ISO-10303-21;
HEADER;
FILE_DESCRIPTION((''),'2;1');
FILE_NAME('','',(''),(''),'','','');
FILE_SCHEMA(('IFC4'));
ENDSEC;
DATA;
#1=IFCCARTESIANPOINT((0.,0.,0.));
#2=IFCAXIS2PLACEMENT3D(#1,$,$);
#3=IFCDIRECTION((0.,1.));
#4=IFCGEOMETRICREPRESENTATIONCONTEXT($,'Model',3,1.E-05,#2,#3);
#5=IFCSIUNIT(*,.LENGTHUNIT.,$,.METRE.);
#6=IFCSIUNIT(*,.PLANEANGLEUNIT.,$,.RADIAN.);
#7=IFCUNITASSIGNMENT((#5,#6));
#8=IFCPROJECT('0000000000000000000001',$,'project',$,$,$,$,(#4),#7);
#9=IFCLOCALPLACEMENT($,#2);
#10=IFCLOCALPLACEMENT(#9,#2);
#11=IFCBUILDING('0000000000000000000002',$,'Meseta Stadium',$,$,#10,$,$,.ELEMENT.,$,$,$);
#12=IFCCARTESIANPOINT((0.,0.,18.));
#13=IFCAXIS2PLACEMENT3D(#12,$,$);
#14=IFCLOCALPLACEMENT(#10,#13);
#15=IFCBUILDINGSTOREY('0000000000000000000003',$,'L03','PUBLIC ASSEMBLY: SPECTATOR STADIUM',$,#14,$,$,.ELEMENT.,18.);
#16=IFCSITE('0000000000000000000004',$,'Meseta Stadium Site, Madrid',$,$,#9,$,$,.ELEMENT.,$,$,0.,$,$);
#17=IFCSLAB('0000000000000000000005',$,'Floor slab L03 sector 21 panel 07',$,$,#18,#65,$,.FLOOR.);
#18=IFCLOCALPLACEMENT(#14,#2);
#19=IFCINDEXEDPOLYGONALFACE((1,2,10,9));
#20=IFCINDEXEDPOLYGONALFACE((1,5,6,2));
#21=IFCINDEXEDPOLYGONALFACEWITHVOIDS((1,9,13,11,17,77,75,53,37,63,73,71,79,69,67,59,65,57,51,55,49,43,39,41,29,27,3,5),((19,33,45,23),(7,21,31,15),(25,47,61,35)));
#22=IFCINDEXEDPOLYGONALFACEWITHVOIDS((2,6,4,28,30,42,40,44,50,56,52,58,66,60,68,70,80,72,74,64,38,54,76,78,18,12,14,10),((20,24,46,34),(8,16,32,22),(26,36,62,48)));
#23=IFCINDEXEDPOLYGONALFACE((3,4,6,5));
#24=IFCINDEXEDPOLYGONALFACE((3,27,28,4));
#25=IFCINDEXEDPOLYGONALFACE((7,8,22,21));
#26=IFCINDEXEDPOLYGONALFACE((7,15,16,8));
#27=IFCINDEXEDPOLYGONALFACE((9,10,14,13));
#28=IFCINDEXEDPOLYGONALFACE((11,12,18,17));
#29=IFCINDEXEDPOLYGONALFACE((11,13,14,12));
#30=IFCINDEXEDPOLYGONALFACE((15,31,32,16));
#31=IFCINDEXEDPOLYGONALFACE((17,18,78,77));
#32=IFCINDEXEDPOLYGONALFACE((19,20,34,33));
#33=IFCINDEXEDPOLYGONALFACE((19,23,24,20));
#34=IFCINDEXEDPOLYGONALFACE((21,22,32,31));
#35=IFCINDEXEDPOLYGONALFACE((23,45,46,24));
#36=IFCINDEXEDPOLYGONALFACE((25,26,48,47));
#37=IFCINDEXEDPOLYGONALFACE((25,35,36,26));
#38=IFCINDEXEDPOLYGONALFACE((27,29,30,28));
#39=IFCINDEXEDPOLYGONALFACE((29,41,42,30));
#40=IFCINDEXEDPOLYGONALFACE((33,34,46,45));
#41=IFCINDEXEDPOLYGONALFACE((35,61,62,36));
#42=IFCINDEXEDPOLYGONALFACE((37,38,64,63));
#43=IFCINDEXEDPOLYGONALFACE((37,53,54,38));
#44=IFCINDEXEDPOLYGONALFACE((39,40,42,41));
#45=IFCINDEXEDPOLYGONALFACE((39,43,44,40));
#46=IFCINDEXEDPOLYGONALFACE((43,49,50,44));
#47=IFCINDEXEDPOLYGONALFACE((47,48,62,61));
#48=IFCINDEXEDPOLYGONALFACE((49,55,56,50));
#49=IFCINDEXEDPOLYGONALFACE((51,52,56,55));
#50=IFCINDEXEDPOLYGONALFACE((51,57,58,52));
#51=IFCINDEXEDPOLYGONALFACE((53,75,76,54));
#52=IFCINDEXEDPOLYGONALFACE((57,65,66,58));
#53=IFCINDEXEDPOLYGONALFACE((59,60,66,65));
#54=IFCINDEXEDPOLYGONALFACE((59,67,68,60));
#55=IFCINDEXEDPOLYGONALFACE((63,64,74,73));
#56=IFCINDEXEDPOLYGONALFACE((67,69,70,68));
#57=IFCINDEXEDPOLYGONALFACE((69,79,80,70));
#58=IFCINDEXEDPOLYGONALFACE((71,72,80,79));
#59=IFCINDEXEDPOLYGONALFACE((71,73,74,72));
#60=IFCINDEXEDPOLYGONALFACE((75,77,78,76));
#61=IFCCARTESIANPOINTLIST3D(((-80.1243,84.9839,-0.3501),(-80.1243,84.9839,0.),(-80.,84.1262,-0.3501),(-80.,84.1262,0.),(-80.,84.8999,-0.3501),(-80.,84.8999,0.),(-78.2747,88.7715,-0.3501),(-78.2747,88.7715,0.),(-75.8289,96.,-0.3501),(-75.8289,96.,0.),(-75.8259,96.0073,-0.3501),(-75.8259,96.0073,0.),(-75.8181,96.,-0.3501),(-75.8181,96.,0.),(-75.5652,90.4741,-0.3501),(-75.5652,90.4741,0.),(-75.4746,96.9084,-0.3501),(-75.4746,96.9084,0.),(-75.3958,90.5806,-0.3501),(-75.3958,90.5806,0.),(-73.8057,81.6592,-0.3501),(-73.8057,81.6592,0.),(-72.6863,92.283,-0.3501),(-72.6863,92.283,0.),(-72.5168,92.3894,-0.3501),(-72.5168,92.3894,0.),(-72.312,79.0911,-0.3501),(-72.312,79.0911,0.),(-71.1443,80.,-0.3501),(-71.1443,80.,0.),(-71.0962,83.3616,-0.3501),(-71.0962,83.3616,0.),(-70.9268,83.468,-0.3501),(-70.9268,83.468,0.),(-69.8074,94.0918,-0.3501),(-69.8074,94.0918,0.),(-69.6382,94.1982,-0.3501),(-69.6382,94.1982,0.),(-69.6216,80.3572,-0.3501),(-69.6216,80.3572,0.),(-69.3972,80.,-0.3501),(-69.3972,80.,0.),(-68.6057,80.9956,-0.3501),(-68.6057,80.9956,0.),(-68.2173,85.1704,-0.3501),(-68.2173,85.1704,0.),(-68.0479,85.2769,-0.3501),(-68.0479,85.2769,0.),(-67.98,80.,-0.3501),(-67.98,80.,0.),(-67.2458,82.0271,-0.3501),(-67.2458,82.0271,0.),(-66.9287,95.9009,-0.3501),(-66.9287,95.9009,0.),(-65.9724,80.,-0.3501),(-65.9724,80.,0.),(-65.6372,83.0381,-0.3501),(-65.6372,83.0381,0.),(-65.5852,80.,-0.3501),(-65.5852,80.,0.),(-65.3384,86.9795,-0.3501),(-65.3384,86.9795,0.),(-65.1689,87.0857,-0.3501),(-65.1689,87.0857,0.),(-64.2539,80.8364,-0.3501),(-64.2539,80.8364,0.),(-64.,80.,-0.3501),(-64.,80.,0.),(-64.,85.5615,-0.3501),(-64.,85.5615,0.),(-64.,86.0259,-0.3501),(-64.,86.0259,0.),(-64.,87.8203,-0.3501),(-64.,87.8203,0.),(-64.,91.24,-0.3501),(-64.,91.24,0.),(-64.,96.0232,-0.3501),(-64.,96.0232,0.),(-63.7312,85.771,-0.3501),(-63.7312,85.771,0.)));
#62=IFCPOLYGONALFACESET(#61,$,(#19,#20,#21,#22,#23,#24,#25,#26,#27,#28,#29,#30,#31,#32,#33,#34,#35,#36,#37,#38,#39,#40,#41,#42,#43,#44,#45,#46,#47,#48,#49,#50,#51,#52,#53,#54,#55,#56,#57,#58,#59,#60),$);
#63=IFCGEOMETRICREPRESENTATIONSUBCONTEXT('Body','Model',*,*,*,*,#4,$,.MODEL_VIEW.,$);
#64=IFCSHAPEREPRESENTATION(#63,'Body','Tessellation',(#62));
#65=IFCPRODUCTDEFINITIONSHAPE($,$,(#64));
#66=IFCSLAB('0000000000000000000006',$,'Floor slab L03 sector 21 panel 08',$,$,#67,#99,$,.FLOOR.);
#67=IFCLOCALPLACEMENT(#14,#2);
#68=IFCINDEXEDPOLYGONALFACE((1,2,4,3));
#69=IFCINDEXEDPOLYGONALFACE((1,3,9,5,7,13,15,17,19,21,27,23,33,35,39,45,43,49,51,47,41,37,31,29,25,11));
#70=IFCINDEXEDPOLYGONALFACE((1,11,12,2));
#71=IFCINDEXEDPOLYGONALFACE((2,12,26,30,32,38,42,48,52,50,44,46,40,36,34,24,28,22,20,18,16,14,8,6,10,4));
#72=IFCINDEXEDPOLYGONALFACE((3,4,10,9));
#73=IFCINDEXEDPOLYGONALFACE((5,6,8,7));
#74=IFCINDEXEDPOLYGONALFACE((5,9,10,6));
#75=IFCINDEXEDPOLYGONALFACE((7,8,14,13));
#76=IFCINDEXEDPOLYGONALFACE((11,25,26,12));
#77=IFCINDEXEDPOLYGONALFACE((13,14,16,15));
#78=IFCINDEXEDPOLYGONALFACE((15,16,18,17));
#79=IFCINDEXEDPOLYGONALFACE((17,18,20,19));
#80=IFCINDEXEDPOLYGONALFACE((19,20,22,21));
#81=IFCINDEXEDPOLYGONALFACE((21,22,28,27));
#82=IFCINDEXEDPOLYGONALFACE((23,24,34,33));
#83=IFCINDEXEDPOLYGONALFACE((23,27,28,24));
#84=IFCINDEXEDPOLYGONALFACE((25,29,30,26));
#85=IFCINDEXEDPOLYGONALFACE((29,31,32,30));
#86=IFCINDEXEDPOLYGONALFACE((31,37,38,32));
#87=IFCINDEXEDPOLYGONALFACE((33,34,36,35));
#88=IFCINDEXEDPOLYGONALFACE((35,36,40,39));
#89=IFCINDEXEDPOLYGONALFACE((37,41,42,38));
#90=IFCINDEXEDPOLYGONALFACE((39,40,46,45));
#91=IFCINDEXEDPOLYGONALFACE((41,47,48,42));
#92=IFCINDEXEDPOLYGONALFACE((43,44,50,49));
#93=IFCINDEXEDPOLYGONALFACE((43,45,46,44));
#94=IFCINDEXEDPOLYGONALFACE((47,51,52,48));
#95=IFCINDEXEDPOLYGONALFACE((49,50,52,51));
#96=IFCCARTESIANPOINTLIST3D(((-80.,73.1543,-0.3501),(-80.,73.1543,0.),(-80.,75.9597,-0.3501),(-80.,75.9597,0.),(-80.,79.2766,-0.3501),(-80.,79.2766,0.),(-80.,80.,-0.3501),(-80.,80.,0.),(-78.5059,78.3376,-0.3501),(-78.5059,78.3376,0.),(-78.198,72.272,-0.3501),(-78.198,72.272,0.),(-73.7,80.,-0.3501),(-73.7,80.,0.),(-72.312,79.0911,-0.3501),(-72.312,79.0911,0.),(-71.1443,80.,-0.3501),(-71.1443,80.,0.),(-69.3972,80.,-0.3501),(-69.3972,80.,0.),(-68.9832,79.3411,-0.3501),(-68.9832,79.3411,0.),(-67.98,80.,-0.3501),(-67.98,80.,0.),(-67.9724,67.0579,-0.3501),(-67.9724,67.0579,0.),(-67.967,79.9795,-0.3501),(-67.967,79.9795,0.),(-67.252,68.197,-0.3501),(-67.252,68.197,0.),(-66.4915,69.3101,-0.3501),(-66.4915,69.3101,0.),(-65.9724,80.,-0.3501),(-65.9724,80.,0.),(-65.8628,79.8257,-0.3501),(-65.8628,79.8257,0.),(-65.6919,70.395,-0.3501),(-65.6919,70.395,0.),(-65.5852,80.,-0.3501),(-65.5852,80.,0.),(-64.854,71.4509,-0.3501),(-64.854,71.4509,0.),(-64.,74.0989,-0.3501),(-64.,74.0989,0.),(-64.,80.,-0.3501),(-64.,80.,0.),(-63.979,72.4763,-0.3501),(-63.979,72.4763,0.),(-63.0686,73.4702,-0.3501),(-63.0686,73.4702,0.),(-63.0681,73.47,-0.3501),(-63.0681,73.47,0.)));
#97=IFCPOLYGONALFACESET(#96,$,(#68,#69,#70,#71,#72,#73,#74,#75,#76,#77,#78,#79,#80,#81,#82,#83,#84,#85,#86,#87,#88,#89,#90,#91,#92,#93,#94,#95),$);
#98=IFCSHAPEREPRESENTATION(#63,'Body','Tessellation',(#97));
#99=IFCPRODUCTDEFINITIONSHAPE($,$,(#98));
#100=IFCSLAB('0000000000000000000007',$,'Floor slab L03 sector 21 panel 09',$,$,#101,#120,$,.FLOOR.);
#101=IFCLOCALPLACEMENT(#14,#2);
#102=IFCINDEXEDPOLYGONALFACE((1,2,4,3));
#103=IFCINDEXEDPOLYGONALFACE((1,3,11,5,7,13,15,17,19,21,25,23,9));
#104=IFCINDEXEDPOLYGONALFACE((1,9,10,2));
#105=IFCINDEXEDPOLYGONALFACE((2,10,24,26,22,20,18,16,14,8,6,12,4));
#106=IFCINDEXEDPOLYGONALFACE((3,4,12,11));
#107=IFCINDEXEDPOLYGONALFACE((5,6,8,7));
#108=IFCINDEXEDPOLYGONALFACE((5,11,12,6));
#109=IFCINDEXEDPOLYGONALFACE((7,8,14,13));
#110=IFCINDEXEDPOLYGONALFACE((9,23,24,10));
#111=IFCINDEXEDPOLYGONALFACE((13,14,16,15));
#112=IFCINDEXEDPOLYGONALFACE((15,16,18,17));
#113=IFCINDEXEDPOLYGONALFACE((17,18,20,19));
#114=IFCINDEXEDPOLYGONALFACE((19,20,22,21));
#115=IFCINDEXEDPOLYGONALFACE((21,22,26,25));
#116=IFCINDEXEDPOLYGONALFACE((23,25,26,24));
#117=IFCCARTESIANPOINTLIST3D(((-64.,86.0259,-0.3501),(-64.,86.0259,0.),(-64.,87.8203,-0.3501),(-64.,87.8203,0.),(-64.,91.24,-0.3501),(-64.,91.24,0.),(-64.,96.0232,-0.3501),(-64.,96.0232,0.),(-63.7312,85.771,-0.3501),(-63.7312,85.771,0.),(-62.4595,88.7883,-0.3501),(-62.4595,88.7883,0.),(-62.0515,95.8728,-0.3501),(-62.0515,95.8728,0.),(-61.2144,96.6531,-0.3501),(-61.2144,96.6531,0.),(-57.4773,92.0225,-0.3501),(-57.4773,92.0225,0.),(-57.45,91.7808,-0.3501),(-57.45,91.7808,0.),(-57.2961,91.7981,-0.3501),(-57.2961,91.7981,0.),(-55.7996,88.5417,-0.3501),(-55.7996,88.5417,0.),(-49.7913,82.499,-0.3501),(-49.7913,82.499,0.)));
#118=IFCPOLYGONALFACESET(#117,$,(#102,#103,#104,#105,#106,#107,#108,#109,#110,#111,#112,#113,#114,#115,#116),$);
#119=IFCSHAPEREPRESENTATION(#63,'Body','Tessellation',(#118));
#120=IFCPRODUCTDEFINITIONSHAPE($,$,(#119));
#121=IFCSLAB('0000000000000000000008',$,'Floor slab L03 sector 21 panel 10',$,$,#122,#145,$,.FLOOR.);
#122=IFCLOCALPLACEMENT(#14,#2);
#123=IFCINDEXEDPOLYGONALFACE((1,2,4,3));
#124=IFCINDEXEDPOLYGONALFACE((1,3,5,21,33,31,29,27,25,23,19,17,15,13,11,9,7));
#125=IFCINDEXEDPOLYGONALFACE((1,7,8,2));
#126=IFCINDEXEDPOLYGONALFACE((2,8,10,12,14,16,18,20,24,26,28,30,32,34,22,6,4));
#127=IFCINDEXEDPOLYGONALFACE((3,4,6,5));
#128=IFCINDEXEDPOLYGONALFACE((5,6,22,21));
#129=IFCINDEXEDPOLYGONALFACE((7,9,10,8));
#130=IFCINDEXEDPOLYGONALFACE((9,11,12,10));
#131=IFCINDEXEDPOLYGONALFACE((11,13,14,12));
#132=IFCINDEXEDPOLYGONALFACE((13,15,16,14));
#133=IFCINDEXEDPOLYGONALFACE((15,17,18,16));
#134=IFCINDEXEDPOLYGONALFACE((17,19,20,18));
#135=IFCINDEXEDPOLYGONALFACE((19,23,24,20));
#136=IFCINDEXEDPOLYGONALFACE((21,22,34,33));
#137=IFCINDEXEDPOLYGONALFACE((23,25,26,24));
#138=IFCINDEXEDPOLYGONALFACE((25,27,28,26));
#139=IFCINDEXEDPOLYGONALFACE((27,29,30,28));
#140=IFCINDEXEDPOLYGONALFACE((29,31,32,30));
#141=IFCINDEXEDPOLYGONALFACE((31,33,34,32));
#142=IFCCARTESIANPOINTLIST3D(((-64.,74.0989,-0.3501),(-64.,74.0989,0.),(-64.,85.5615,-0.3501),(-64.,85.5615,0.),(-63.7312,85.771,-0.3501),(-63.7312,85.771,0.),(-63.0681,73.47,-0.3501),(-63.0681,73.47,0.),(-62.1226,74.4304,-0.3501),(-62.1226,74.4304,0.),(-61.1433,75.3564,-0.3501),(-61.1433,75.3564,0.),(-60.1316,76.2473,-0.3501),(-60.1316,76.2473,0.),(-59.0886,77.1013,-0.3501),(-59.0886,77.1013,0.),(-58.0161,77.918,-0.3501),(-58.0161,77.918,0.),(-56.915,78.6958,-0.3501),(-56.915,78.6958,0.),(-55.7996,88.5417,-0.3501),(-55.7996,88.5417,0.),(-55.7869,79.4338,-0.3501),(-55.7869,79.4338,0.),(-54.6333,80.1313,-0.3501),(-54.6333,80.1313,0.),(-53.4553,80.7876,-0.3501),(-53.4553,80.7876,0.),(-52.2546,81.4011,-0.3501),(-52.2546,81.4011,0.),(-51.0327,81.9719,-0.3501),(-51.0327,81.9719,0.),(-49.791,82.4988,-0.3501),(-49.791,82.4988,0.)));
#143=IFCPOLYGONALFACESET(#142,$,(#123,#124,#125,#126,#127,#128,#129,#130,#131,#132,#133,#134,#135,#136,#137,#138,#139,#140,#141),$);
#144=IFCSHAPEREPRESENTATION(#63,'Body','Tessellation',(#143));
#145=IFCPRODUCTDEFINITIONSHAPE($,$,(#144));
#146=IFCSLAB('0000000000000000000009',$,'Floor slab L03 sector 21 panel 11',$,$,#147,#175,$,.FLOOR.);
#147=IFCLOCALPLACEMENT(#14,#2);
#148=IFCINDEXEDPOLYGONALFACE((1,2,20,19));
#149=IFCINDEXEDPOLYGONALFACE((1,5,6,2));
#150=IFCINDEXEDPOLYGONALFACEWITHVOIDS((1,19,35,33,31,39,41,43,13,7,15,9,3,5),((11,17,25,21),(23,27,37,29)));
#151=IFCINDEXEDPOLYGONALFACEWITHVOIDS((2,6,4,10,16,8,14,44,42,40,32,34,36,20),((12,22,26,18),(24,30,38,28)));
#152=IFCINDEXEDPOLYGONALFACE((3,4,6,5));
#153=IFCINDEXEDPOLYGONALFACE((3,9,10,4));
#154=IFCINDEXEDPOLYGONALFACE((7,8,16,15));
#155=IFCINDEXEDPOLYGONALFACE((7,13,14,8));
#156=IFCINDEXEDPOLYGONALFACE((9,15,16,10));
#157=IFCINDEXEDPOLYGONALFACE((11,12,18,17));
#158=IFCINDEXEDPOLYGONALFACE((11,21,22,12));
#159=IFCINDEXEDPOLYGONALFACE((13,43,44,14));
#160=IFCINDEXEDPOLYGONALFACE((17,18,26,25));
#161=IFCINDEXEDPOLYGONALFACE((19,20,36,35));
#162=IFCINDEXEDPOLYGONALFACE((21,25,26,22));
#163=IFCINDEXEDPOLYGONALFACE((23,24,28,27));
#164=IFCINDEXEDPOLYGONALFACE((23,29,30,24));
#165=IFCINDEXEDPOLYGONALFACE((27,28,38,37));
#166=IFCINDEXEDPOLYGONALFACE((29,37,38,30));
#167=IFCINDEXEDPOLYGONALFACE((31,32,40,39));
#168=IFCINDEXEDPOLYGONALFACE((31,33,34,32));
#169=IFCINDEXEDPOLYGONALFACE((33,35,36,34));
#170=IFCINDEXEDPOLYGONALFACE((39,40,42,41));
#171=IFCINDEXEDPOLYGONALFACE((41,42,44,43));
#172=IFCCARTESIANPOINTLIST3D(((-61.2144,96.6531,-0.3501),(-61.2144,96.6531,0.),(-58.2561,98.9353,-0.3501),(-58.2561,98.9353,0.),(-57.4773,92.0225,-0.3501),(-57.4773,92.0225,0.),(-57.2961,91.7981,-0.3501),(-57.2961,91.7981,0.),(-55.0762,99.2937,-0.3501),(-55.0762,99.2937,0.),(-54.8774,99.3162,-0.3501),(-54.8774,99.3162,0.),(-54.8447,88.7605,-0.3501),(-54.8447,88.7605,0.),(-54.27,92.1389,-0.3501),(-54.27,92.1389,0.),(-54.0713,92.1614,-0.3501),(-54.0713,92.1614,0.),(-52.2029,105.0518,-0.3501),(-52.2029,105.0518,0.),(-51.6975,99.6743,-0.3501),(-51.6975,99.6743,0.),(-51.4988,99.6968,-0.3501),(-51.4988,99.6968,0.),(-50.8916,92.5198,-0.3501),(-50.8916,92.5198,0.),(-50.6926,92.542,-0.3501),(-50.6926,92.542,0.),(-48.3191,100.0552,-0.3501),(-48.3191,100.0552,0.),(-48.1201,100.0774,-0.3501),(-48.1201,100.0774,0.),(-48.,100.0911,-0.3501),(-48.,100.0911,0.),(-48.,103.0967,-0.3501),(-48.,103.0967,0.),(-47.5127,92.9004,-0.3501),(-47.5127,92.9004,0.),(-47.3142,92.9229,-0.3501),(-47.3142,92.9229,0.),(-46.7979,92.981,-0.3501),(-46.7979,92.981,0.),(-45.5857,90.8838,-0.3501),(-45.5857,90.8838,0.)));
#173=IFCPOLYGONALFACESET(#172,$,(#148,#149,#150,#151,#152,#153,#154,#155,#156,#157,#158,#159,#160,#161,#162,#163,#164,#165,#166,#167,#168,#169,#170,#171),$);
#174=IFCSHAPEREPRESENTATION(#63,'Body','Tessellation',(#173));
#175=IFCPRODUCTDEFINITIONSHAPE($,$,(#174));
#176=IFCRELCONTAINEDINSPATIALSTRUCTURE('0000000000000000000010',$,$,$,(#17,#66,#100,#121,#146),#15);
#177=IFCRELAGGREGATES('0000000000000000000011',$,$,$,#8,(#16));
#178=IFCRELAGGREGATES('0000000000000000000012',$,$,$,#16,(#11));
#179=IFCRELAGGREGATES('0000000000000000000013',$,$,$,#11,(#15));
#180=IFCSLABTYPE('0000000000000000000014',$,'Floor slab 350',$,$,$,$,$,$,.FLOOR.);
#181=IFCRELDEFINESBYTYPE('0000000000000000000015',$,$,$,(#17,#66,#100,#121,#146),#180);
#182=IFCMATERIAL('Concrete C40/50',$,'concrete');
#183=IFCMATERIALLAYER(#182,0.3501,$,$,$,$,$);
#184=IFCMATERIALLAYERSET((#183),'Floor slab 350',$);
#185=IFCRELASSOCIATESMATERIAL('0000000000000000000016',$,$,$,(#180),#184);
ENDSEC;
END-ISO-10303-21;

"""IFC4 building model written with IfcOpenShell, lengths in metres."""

from ifc_helpers import new_model, si_unit, direction, frame, origin, place, context, subcontext, project, spatial, polyline, outline, extrude, material, layer, layer_set, type_object, element, save


model = new_model("IFC4")

# Units and contexts
model_context = context("Model", 3, precision=1e-05, world=origin(), true_north=direction((0.0, 1.0)))
body_context = subcontext(model_context, "Body", "Model", "MODEL_VIEW")
ifc_project = project(units=[si_unit("LENGTHUNIT", "METRE"), si_unit("PLANEANGLEUNIT", "RADIAN")], contexts=[model_context])

# Site, building, storey
site_placement = place(None, origin())
site = spatial("IfcSite", under=ifc_project, at=site_placement, Name="Meseta Stadium Site, Madrid", CompositionType="ELEMENT", RefElevation=0.0)
building_placement = place(site_placement, origin())
building = spatial("IfcBuilding", under=site, at=building_placement, Name="Meseta Stadium", CompositionType="ELEMENT")
storey_placement = place(building_placement, frame((0.0, 0.0, 18.0)))
storey = spatial("IfcBuildingStorey", under=building, at=storey_placement, Name="L03", Description="PUBLIC ASSEMBLY: SPECTATOR STADIUM", CompositionType="ELEMENT", Elevation=18.0)

# Slabs
ifc_material = material(Name="Concrete C40/50", Category="concrete")
ifc_layer = layer(ifc_material, 0.3501)
ifc_layer_set = layer_set([ifc_layer], Name="Floor slab 350")
slab_type = type_object("IfcSlabType", Name="Floor slab 350", PredefinedType="FLOOR", material=ifc_layer_set)
slab_1_placement = place(storey_placement, frame((0.0, 0.0, -0.3501)))
element("IfcSlab", 1, at=slab_1_placement, inside=storey, type_object=slab_type, Name="Floor slab L03 sector 21 panel 07", PredefinedType="FLOOR", context=body_context, shape_type="SweptSolid", body=[
    extrude(outline(polyline([(-80.0, 84.1262), (-72.312, 79.0911), (-71.1443, 80.0), (-69.3972, 80.0), (-69.6216, 80.3572), (-68.6057, 80.9956), (-67.98, 80.0), (-65.9724, 80.0), (-67.2458, 82.0271), (-65.6372, 83.0381), (-64.2539, 80.8364), (-65.5852, 80.0), (-64.0, 80.0), (-64.0, 85.5615), (-63.7312, 85.771), (-64.0, 86.0259), (-64.0, 87.8203), (-65.1689, 87.0857), (-69.6382, 94.1982), (-66.9287, 95.9009), (-64.0, 91.24), (-64.0, 96.0232), (-75.4746, 96.9084), (-75.8259, 96.0073), (-75.8181, 96.0), (-75.8289, 96.0), (-80.1243, 84.9839), (-80.0, 84.8999), (-80.0, 84.1262)]), holes=[polyline([(-65.3384, 86.9795), (-68.0479, 85.2769), (-72.5168, 92.3894), (-69.8074, 94.0918), (-65.3384, 86.9795)]), polyline([(-71.0962, 83.3616), (-73.8057, 81.6592), (-78.2747, 88.7715), (-75.5652, 90.4741), (-71.0962, 83.3616)]), polyline([(-68.2173, 85.1704), (-70.9268, 83.468), (-75.3958, 90.5806), (-72.6863, 92.283), (-68.2173, 85.1704)])]), origin(), (0.0, 0.0, 1.0), 0.3501),
])
slab_2_placement = place(storey_placement, frame((0.0, 0.0, -0.3501)))
element("IfcSlab", 2, at=slab_2_placement, inside=storey, type_object=slab_type, Name="Floor slab L03 sector 21 panel 08", PredefinedType="FLOOR", context=body_context, shape_type="SweptSolid", body=[
    extrude(outline(polyline([(-67.9724, 67.0579), (-67.252, 68.197), (-66.4915, 69.3101), (-65.6919, 70.395), (-64.854, 71.4509), (-63.979, 72.4763), (-63.0681, 73.47), (-63.0686, 73.4702), (-64.0, 74.0989), (-64.0, 80.0), (-65.5852, 80.0), (-65.8628, 79.8257), (-65.9724, 80.0), (-67.98, 80.0), (-67.967, 79.9795), (-68.9832, 79.3411), (-69.3972, 80.0), (-71.1443, 80.0), (-72.312, 79.0911), (-73.7, 80.0), (-80.0, 80.0), (-80.0, 79.2766), (-78.5059, 78.3376), (-80.0, 75.9597), (-80.0, 73.1543), (-78.198, 72.272), (-67.9724, 67.0579)])), origin(), (0.0, 0.0, 1.0), 0.3501),
])
slab_3_placement = place(storey_placement, frame((0.0, 0.0, -0.3501)))
element("IfcSlab", 3, at=slab_3_placement, inside=storey, type_object=slab_type, Name="Floor slab L03 sector 21 panel 09", PredefinedType="FLOOR", context=body_context, shape_type="SweptSolid", body=[
    extrude(outline(polyline([(-62.0515, 95.8728), (-64.0, 96.0232), (-64.0, 91.24), (-62.4595, 88.7883), (-64.0, 87.8203), (-64.0, 86.0259), (-63.7312, 85.771), (-55.7996, 88.5417), (-49.7913, 82.499), (-57.2961, 91.7981), (-57.45, 91.7808), (-57.4773, 92.0225), (-61.2144, 96.6531), (-62.0515, 95.8728)])), origin(), (0.0, 0.0, 1.0), 0.3501),
])
slab_4_placement = place(storey_placement, frame((0.0, 0.0, -0.3501)))
element("IfcSlab", 4, at=slab_4_placement, inside=storey, type_object=slab_type, Name="Floor slab L03 sector 21 panel 10", PredefinedType="FLOOR", context=body_context, shape_type="SweptSolid", body=[
    extrude(outline(polyline([(-63.0681, 73.47), (-62.1226, 74.4304), (-61.1433, 75.3564), (-60.1316, 76.2473), (-59.0886, 77.1013), (-58.0161, 77.918), (-56.915, 78.6958), (-55.7869, 79.4338), (-54.6333, 80.1313), (-53.4553, 80.7876), (-52.2546, 81.4011), (-51.0327, 81.9719), (-49.791, 82.4988), (-55.7996, 88.5417), (-63.7312, 85.771), (-64.0, 85.5615), (-64.0, 74.0989), (-63.0681, 73.47)])), origin(), (0.0, 0.0, 1.0), 0.3501),
])
slab_5_placement = place(storey_placement, frame((0.0, 0.0, -0.3501)))
element("IfcSlab", 5, at=slab_5_placement, inside=storey, type_object=slab_type, Name="Floor slab L03 sector 21 panel 11", PredefinedType="FLOOR", context=body_context, shape_type="SweptSolid", body=[
    extrude(outline(polyline([(-46.7979, 92.981), (-47.3142, 92.9229), (-48.1201, 100.0774), (-48.0, 100.0911), (-48.0, 103.0967), (-52.2029, 105.0518), (-61.2144, 96.6531), (-57.4773, 92.0225), (-58.2561, 98.9353), (-55.0762, 99.2937), (-54.27, 92.1389), (-57.2961, 91.7981), (-54.8447, 88.7605), (-45.5857, 90.8838), (-46.7979, 92.981)]), holes=[polyline([(-50.6926, 92.542), (-51.4988, 99.6968), (-48.3191, 100.0552), (-47.5127, 92.9004), (-50.6926, 92.542)]), polyline([(-54.8774, 99.3162), (-51.6975, 99.6743), (-50.8916, 92.5198), (-54.0713, 92.1614), (-54.8774, 99.3162)])]), origin(), (0.0, 0.0, 1.0), 0.3501),
])

save(model, "model.ifc")
